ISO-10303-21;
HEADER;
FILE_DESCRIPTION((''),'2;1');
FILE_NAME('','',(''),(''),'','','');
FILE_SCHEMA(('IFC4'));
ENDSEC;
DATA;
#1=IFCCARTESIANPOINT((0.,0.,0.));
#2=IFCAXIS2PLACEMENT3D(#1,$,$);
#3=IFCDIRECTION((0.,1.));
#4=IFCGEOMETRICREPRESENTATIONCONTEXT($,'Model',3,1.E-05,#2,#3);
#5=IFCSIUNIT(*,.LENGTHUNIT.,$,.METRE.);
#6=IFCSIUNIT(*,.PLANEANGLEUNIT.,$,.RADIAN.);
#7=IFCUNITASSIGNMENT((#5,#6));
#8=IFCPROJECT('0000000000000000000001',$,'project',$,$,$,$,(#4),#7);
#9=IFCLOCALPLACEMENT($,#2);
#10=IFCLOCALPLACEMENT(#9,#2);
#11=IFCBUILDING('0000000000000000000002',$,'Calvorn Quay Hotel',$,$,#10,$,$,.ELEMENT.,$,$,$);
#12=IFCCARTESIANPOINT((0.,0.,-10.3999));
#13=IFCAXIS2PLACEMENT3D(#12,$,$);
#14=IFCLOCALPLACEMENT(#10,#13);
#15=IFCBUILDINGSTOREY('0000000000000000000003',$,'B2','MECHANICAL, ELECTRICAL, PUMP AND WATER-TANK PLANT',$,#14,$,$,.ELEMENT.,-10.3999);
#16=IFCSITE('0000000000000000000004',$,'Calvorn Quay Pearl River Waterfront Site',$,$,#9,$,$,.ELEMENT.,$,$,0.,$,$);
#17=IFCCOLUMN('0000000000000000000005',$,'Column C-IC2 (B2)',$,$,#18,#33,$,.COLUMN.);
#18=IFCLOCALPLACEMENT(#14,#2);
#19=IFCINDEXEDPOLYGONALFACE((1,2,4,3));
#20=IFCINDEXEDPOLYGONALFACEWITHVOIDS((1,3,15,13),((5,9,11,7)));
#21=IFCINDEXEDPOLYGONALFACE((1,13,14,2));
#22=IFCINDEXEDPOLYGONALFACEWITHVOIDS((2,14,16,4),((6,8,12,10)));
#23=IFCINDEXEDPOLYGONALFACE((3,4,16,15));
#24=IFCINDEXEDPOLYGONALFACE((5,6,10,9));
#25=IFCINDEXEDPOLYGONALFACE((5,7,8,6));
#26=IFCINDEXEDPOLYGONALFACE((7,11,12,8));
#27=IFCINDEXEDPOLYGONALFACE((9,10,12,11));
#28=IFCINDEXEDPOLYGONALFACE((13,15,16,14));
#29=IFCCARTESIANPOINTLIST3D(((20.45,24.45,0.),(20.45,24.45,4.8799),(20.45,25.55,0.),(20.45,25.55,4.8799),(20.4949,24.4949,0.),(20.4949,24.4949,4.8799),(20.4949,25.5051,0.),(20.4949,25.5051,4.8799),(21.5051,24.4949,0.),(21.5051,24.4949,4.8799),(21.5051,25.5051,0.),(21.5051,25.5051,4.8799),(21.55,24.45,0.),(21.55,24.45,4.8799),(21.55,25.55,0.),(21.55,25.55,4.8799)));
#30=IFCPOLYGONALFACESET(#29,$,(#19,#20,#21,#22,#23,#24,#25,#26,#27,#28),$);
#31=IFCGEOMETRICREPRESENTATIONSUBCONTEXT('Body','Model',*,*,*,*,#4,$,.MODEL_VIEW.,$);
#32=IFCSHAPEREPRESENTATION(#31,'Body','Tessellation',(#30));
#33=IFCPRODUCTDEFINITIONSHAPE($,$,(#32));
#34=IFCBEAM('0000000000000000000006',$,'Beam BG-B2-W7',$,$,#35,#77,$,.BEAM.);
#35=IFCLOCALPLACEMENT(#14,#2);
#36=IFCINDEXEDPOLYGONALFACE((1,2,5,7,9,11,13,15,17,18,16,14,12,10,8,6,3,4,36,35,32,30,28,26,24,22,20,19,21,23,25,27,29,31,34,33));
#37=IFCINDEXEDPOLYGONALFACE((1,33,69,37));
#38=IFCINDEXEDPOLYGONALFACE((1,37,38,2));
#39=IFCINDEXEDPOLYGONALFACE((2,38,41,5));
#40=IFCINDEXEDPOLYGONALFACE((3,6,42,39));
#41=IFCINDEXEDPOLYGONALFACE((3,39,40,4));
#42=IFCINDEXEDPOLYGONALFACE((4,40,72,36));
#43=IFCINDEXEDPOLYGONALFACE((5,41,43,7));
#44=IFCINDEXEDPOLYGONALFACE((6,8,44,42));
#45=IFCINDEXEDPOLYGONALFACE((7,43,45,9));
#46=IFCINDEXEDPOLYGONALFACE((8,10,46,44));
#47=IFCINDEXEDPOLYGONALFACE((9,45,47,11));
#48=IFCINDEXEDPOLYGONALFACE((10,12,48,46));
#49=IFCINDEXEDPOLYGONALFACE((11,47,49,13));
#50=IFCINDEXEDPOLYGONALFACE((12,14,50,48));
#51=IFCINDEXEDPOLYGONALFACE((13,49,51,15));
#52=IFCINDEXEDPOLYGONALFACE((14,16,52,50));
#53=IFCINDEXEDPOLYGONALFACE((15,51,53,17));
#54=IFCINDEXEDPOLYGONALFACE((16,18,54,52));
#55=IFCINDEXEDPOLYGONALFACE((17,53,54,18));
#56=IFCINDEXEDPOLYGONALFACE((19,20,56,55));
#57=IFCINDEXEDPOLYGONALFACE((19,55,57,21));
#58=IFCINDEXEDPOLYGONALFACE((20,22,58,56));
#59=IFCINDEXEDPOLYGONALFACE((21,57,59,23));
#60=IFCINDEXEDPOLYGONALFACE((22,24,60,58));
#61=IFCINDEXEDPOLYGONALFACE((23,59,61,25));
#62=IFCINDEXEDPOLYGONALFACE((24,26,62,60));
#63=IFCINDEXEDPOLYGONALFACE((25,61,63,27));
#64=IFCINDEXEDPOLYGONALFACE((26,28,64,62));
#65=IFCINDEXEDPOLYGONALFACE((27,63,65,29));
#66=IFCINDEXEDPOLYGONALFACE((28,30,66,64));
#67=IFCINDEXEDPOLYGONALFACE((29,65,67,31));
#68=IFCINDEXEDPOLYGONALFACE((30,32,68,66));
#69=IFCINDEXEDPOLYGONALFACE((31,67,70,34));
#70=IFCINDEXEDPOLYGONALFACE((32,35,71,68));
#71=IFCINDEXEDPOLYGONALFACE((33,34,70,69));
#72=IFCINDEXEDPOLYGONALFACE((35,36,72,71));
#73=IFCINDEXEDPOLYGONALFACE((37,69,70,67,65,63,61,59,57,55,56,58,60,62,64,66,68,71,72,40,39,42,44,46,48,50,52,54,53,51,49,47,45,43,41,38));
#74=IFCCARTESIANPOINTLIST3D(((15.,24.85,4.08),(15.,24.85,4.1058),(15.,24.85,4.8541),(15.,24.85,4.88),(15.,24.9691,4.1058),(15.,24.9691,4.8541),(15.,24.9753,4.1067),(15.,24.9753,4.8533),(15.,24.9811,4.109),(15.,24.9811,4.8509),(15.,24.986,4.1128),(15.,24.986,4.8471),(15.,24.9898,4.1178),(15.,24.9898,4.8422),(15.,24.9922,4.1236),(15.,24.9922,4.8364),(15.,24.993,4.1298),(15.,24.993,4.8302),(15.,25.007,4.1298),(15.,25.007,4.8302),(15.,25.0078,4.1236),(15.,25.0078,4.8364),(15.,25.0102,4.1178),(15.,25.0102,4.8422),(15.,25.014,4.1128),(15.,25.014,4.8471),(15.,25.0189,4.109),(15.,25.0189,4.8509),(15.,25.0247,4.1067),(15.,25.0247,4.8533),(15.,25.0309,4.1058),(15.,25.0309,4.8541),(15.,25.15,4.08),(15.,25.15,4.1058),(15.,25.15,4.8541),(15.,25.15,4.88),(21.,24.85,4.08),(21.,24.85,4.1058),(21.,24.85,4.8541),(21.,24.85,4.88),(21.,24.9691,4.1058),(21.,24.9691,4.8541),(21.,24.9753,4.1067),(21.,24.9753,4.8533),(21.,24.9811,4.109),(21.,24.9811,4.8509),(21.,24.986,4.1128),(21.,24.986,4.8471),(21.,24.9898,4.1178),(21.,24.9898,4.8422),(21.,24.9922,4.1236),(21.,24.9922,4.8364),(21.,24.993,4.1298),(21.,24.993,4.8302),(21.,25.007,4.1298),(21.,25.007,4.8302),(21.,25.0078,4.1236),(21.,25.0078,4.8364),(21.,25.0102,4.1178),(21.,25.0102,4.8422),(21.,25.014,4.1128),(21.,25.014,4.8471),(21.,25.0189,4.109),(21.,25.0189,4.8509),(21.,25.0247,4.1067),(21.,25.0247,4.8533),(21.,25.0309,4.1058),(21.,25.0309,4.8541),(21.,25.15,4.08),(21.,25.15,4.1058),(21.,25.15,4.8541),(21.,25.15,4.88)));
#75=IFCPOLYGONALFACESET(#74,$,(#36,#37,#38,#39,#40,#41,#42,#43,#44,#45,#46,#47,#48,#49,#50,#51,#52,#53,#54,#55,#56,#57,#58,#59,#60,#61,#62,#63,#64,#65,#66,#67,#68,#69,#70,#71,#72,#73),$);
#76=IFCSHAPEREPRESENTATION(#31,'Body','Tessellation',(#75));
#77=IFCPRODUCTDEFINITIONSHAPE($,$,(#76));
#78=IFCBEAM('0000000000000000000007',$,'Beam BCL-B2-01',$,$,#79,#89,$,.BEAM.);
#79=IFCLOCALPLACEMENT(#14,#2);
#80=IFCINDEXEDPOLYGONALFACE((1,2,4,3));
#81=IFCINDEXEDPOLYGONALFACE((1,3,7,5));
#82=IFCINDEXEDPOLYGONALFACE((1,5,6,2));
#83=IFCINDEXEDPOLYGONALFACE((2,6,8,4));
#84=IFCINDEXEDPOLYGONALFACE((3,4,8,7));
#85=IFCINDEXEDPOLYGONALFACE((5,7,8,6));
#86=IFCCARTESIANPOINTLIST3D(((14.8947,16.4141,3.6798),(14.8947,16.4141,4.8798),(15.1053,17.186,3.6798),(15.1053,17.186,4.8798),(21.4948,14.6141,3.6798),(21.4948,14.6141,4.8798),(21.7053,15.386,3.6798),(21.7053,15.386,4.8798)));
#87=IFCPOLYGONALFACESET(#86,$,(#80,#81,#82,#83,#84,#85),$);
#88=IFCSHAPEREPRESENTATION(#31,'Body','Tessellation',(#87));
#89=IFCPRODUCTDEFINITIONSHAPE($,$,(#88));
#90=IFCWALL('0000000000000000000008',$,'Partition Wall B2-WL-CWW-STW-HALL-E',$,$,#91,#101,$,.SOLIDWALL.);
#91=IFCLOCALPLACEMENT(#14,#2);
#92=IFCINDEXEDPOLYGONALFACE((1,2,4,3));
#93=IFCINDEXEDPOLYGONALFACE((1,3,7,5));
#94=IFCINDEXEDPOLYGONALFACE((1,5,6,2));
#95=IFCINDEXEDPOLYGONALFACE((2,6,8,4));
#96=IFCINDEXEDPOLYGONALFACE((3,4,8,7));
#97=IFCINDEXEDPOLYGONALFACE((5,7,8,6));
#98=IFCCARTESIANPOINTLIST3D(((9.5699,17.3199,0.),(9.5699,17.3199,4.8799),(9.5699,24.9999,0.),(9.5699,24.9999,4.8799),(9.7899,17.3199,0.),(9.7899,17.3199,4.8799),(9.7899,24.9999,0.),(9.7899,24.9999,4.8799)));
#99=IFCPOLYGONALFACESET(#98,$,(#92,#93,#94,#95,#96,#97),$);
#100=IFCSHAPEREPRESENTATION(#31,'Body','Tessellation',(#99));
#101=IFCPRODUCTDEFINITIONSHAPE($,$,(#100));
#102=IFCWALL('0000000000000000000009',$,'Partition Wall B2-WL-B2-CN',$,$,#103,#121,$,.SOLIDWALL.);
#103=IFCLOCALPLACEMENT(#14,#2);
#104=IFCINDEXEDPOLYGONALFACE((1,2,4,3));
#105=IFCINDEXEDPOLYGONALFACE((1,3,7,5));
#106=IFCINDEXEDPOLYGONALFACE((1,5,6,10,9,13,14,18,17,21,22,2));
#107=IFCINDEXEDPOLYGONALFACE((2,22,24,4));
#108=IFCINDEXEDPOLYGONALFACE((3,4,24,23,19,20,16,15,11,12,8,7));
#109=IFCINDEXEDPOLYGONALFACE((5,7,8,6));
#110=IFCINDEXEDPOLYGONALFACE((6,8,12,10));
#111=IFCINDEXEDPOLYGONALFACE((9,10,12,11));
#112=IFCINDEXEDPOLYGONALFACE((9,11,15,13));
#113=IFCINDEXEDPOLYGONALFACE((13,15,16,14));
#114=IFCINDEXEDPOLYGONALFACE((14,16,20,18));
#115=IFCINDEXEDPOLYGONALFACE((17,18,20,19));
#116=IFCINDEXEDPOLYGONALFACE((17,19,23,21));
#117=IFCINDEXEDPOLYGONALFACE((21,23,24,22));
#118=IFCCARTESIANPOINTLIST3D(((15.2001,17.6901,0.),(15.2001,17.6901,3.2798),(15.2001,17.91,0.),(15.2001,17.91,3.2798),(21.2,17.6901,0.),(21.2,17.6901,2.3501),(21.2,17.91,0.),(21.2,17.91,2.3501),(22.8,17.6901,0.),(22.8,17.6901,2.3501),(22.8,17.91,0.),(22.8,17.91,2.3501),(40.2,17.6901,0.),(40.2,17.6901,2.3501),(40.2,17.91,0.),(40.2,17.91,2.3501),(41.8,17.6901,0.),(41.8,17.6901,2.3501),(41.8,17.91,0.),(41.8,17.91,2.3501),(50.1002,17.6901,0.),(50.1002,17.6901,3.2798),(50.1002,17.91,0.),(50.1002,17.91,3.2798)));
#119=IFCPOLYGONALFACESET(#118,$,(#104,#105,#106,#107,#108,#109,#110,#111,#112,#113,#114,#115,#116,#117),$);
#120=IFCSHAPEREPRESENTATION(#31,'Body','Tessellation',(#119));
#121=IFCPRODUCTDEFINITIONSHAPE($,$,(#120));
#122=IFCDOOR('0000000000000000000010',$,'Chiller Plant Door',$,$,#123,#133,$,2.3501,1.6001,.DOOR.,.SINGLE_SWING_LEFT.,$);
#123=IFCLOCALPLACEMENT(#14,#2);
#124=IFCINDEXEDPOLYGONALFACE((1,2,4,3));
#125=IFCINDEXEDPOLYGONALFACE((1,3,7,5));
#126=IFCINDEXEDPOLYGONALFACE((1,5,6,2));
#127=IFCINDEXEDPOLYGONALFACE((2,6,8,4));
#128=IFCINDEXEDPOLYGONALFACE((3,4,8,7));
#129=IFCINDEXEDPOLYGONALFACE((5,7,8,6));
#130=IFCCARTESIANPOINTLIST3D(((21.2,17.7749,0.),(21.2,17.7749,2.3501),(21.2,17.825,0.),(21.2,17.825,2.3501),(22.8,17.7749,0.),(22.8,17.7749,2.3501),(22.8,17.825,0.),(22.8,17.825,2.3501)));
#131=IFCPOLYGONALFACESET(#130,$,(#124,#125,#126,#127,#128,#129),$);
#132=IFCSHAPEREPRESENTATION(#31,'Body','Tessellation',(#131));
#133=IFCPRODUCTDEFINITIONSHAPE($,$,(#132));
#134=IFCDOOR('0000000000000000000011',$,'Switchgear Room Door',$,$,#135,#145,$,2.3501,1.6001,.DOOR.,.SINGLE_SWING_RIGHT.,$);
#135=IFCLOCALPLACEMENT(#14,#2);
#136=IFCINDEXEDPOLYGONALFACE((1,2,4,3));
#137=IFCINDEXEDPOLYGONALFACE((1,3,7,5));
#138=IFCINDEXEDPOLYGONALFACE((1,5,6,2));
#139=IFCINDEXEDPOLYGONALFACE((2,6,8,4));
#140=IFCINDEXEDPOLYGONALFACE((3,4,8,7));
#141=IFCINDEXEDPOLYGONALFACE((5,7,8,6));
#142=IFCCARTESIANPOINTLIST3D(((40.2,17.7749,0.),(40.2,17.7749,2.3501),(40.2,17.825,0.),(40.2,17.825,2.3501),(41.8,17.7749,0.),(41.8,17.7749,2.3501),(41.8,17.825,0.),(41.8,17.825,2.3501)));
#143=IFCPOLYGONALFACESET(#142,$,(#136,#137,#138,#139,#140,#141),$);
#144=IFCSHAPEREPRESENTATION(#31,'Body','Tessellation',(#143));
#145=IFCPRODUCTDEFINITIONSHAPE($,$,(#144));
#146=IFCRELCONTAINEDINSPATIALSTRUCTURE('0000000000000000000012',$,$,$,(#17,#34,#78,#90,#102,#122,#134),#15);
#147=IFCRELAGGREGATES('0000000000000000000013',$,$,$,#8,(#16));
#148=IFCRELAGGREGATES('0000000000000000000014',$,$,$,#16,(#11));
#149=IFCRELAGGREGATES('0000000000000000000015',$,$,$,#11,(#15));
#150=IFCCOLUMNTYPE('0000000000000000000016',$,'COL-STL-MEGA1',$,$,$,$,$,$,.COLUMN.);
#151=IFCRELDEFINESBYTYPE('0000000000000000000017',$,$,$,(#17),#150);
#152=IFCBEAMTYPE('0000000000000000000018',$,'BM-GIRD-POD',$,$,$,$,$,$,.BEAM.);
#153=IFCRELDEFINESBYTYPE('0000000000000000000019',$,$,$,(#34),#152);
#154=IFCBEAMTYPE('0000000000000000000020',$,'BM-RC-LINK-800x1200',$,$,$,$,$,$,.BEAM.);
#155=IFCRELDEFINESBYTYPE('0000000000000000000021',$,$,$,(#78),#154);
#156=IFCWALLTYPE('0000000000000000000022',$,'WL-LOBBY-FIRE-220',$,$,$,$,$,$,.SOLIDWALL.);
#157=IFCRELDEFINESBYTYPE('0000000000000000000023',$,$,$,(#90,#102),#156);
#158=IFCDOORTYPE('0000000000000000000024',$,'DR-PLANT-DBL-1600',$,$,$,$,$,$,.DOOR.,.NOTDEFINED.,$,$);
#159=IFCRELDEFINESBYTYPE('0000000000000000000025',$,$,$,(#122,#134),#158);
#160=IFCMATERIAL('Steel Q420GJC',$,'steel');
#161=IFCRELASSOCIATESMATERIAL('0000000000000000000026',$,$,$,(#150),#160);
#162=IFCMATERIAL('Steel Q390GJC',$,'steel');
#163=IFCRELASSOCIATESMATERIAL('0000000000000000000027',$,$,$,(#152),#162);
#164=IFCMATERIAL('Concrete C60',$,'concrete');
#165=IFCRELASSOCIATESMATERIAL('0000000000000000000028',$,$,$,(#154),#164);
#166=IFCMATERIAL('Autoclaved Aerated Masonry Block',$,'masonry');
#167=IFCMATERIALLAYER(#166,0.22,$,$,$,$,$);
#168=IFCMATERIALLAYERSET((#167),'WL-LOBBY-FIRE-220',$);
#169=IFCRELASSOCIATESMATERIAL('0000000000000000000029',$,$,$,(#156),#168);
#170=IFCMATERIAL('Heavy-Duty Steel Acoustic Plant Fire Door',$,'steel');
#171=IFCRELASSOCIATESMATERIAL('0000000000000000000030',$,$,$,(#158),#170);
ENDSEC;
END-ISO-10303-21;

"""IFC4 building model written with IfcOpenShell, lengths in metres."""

from ifc_helpers import new_model, si_unit, direction, frame, frame_2d, origin, origin_2d, place, context, subcontext, project, spatial, rectangle, hollow_rectangle, i_section, extrude, material, layer, layer_set, material_profile, profile_set, type_object, element, fill, save


model = new_model("IFC4")

# Units and contexts
model_context = context("Model", 3, precision=1e-05, world=origin(), true_north=direction((0.0, 1.0)))
body_context = subcontext(model_context, "Body", "Model", "MODEL_VIEW")
ifc_project = project(units=[si_unit("LENGTHUNIT", "METRE"), si_unit("PLANEANGLEUNIT", "RADIAN")], contexts=[model_context])

# Site, building, storey
site_placement = place(None, origin())
site = spatial("IfcSite", under=ifc_project, at=site_placement, Name="Calvorn Quay Pearl River Waterfront Site", CompositionType="ELEMENT", RefElevation=0.0)
building_placement = place(site_placement, origin())
building = spatial("IfcBuilding", under=site, at=building_placement, Name="Calvorn Quay Hotel", CompositionType="ELEMENT")
storey_placement = place(building_placement, frame((0.0, 0.0, -10.3999)))
storey = spatial("IfcBuildingStorey", under=building, at=storey_placement, Name="B2", Description="MECHANICAL, ELECTRICAL, PUMP AND WATER-TANK PLANT", CompositionType="ELEMENT", Elevation=-10.3999)

# Column
ifc_material_1 = material(Name="Steel Q420GJC", Category="steel")
ifc_material_profile_1 = material_profile(ifc_material_1, hollow_rectangle(XDim=1.1001, YDim=1.1001, WallThickness=0.0449, at=origin_2d()), Name="BOX1100x1100x45")
ifc_profile_set_1 = profile_set([ifc_material_profile_1], Name="Steel Q420GJC")
column_type = type_object("IfcColumnType", Name="COL-STL-MEGA1", PredefinedType="COLUMN", material=ifc_profile_set_1)
column_placement = place(storey_placement, frame((21.0, 25.0, 0.0), z_axis=(0.0, 0.0, 1.0), x_axis=(1.0, 0.0, 0.0)))
element("IfcColumn", 1, at=column_placement, inside=storey, type_object=column_type, Name="Column C-IC2 (B2)", PredefinedType="COLUMN", context=body_context, shape_type="SweptSolid", body=[
    extrude(hollow_rectangle(XDim=1.1001, YDim=1.1001, WallThickness=0.0449, at=origin_2d()), origin(), (0.0, 0.0, 1.0), 4.8799),
])

# Beams
ifc_material_2 = material(Name="Steel Q390GJC", Category="steel")
ifc_material_profile_2 = material_profile(ifc_material_2, i_section(OverallWidth=0.3, OverallDepth=0.8, WebThickness=0.0139, FlangeThickness=0.0259, FilletRadius=0.0239, at=origin_2d()), Name="HN800x300x14x26")
ifc_profile_set_2 = profile_set([ifc_material_profile_2], Name="Steel Q390GJC")
beam_type_1 = type_object("IfcBeamType", Name="BM-GIRD-POD", PredefinedType="BEAM", material=ifc_profile_set_2)
beam_1_placement = place(storey_placement, frame((21.0, 25.0, 4.48), z_axis=(-1.0, 0.0, 0.0), x_axis=(0.0, -1.0, 0.0)))
element("IfcBeam", 2, at=beam_1_placement, inside=storey, type_object=beam_type_1, Name="Beam BG-B2-W7", PredefinedType="BEAM", context=body_context, shape_type="SweptSolid", body=[
    extrude(i_section(OverallWidth=0.3, OverallDepth=0.8, WebThickness=0.0139, FlangeThickness=0.0259, FilletRadius=0.0239, at=origin_2d()), origin(), (0.0, 0.0, 1.0), 6.0),
])
ifc_material_3 = material(Name="Concrete C60", Category="concrete")
ifc_material_profile_3 = material_profile(ifc_material_3, rectangle(XDim=0.8, YDim=1.2, at=origin_2d()), Name="RCB800x1200")
ifc_profile_set_3 = profile_set([ifc_material_profile_3], Name="Concrete C60")
beam_type_2 = type_object("IfcBeamType", Name="BM-RC-LINK-800x1200", PredefinedType="BEAM", material=ifc_profile_set_3)
beam_2_placement = place(storey_placement, frame((15.0, 16.8, 4.2798), z_axis=(0.964763, -0.26312, 0.0), x_axis=(0.26312, 0.964763, 0.0)))
element("IfcBeam", 3, at=beam_2_placement, inside=storey, type_object=beam_type_2, Name="Beam BCL-B2-01", PredefinedType="BEAM", context=body_context, shape_type="SweptSolid", body=[
    extrude(rectangle(XDim=0.8, YDim=1.2, at=origin_2d()), origin(), (0.0, 0.0, 1.0), 6.8411),
])

# Wall
ifc_material_4 = material(Name="Autoclaved Aerated Masonry Block", Category="masonry")
ifc_layer_1 = layer(ifc_material_4, 0.22)
ifc_layer_set_1 = layer_set([ifc_layer_1], Name="WL-LOBBY-FIRE-220")
wall_type_1 = type_object("IfcWallType", Name="WL-LOBBY-FIRE-220", PredefinedType="SOLIDWALL", material=ifc_layer_set_1)
wall_1_placement = place(storey_placement, frame((9.6799, 17.3201, 0.0), z_axis=(0.0, 0.0, 1.0), x_axis=(0.0, 1.0, 0.0)))
element("IfcWall", 4, at=wall_1_placement, inside=storey, type_object=wall_type_1, Name="Partition Wall B2-WL-CWW-STW-HALL-E", PredefinedType="SOLIDWALL", context=body_context, shape_type="SweptSolid", body=[
    extrude(rectangle(XDim=7.6799, YDim=0.22, at=frame_2d((3.8398, 0.0))), origin(), (0.0, 0.0, 1.0), 4.8799),
])

# Wall, openings, doors
wall_2_placement = place(storey_placement, frame((15.2, 17.8, 0.0), z_axis=(0.0, 0.0, 1.0), x_axis=(1.0, 0.0, 0.0)))
wall_2 = element("IfcWall", 5, at=wall_2_placement, inside=storey, type_object=wall_type_1, Name="Partition Wall B2-WL-B2-CN", PredefinedType="SOLIDWALL", context=body_context, shape_type="SweptSolid", body=[
    extrude(rectangle(XDim=34.9001, YDim=0.22, at=frame_2d((17.4502, 0.0))), origin(), (0.0, 0.0, 1.0), 3.2798),
])
opening_1_placement = place(wall_2_placement, frame((6.0, 0.0, 0.0)))
opening_1 = element("IfcOpeningElement", 6, at=opening_1_placement, cuts=wall_2, PredefinedType="OPENING", context=body_context, shape_type="SweptSolid", body=[
    extrude(rectangle(XDim=1.6001, YDim=2.3501, at=frame_2d((0.8, 1.175))), frame((0.0, 0.1199, 0.0), z_axis=(0.0, -1.0, 0.0), x_axis=(1.0, 0.0, 0.0)), (0.0, 0.0, 1.0), 0.24),
])
opening_2_placement = place(wall_2_placement, frame((25.0, 0.0, 0.0)))
opening_2 = element("IfcOpeningElement", 7, at=opening_2_placement, cuts=wall_2, PredefinedType="OPENING", context=body_context, shape_type="SweptSolid", body=[
    extrude(rectangle(XDim=1.6001, YDim=2.3501, at=frame_2d((0.8, 1.175))), frame((0.0, 0.1199, 0.0), z_axis=(0.0, -1.0, 0.0), x_axis=(1.0, 0.0, 0.0)), (0.0, 0.0, 1.0), 0.24),
])
ifc_material_5 = material(Name="Heavy-Duty Steel Acoustic Plant Fire Door", Category="steel")
door_type_1 = type_object("IfcDoorType", Name="DR-PLANT-DBL-1600", OperationType="NOTDEFINED", PredefinedType="DOOR", material=ifc_material_5)
door_1_placement = place(opening_1_placement, origin())
door_1 = element("IfcDoor", 8, at=door_1_placement, inside=storey, type_object=door_type_1, Name="Chiller Plant Door", OperationType="SINGLE_SWING_LEFT", OverallHeight=2.3501, OverallWidth=1.6001, PredefinedType="DOOR", context=body_context, shape_type="SweptSolid", body=[
    extrude(rectangle(XDim=1.6001, YDim=2.3501, at=frame_2d((0.8, 1.175))), frame((0.0, 0.0249, 0.0), z_axis=(0.0, -1.0, 0.0), x_axis=(1.0, 0.0, 0.0)), (0.0, 0.0, 1.0), 0.05),
])
fill(opening_1, door_1)
door_2_placement = place(opening_2_placement, origin())
door_2 = element("IfcDoor", 9, at=door_2_placement, inside=storey, type_object=door_type_1, Name="Switchgear Room Door", OperationType="SINGLE_SWING_RIGHT", OverallHeight=2.3501, OverallWidth=1.6001, PredefinedType="DOOR", context=body_context, shape_type="SweptSolid", body=[
    extrude(rectangle(XDim=1.6001, YDim=2.3501, at=frame_2d((0.8, 1.175))), frame((0.0, 0.0249, 0.0), z_axis=(0.0, -1.0, 0.0), x_axis=(1.0, 0.0, 0.0)), (0.0, 0.0, 1.0), 0.05),
])
fill(opening_2, door_2)

save(model, "model.ifc")
